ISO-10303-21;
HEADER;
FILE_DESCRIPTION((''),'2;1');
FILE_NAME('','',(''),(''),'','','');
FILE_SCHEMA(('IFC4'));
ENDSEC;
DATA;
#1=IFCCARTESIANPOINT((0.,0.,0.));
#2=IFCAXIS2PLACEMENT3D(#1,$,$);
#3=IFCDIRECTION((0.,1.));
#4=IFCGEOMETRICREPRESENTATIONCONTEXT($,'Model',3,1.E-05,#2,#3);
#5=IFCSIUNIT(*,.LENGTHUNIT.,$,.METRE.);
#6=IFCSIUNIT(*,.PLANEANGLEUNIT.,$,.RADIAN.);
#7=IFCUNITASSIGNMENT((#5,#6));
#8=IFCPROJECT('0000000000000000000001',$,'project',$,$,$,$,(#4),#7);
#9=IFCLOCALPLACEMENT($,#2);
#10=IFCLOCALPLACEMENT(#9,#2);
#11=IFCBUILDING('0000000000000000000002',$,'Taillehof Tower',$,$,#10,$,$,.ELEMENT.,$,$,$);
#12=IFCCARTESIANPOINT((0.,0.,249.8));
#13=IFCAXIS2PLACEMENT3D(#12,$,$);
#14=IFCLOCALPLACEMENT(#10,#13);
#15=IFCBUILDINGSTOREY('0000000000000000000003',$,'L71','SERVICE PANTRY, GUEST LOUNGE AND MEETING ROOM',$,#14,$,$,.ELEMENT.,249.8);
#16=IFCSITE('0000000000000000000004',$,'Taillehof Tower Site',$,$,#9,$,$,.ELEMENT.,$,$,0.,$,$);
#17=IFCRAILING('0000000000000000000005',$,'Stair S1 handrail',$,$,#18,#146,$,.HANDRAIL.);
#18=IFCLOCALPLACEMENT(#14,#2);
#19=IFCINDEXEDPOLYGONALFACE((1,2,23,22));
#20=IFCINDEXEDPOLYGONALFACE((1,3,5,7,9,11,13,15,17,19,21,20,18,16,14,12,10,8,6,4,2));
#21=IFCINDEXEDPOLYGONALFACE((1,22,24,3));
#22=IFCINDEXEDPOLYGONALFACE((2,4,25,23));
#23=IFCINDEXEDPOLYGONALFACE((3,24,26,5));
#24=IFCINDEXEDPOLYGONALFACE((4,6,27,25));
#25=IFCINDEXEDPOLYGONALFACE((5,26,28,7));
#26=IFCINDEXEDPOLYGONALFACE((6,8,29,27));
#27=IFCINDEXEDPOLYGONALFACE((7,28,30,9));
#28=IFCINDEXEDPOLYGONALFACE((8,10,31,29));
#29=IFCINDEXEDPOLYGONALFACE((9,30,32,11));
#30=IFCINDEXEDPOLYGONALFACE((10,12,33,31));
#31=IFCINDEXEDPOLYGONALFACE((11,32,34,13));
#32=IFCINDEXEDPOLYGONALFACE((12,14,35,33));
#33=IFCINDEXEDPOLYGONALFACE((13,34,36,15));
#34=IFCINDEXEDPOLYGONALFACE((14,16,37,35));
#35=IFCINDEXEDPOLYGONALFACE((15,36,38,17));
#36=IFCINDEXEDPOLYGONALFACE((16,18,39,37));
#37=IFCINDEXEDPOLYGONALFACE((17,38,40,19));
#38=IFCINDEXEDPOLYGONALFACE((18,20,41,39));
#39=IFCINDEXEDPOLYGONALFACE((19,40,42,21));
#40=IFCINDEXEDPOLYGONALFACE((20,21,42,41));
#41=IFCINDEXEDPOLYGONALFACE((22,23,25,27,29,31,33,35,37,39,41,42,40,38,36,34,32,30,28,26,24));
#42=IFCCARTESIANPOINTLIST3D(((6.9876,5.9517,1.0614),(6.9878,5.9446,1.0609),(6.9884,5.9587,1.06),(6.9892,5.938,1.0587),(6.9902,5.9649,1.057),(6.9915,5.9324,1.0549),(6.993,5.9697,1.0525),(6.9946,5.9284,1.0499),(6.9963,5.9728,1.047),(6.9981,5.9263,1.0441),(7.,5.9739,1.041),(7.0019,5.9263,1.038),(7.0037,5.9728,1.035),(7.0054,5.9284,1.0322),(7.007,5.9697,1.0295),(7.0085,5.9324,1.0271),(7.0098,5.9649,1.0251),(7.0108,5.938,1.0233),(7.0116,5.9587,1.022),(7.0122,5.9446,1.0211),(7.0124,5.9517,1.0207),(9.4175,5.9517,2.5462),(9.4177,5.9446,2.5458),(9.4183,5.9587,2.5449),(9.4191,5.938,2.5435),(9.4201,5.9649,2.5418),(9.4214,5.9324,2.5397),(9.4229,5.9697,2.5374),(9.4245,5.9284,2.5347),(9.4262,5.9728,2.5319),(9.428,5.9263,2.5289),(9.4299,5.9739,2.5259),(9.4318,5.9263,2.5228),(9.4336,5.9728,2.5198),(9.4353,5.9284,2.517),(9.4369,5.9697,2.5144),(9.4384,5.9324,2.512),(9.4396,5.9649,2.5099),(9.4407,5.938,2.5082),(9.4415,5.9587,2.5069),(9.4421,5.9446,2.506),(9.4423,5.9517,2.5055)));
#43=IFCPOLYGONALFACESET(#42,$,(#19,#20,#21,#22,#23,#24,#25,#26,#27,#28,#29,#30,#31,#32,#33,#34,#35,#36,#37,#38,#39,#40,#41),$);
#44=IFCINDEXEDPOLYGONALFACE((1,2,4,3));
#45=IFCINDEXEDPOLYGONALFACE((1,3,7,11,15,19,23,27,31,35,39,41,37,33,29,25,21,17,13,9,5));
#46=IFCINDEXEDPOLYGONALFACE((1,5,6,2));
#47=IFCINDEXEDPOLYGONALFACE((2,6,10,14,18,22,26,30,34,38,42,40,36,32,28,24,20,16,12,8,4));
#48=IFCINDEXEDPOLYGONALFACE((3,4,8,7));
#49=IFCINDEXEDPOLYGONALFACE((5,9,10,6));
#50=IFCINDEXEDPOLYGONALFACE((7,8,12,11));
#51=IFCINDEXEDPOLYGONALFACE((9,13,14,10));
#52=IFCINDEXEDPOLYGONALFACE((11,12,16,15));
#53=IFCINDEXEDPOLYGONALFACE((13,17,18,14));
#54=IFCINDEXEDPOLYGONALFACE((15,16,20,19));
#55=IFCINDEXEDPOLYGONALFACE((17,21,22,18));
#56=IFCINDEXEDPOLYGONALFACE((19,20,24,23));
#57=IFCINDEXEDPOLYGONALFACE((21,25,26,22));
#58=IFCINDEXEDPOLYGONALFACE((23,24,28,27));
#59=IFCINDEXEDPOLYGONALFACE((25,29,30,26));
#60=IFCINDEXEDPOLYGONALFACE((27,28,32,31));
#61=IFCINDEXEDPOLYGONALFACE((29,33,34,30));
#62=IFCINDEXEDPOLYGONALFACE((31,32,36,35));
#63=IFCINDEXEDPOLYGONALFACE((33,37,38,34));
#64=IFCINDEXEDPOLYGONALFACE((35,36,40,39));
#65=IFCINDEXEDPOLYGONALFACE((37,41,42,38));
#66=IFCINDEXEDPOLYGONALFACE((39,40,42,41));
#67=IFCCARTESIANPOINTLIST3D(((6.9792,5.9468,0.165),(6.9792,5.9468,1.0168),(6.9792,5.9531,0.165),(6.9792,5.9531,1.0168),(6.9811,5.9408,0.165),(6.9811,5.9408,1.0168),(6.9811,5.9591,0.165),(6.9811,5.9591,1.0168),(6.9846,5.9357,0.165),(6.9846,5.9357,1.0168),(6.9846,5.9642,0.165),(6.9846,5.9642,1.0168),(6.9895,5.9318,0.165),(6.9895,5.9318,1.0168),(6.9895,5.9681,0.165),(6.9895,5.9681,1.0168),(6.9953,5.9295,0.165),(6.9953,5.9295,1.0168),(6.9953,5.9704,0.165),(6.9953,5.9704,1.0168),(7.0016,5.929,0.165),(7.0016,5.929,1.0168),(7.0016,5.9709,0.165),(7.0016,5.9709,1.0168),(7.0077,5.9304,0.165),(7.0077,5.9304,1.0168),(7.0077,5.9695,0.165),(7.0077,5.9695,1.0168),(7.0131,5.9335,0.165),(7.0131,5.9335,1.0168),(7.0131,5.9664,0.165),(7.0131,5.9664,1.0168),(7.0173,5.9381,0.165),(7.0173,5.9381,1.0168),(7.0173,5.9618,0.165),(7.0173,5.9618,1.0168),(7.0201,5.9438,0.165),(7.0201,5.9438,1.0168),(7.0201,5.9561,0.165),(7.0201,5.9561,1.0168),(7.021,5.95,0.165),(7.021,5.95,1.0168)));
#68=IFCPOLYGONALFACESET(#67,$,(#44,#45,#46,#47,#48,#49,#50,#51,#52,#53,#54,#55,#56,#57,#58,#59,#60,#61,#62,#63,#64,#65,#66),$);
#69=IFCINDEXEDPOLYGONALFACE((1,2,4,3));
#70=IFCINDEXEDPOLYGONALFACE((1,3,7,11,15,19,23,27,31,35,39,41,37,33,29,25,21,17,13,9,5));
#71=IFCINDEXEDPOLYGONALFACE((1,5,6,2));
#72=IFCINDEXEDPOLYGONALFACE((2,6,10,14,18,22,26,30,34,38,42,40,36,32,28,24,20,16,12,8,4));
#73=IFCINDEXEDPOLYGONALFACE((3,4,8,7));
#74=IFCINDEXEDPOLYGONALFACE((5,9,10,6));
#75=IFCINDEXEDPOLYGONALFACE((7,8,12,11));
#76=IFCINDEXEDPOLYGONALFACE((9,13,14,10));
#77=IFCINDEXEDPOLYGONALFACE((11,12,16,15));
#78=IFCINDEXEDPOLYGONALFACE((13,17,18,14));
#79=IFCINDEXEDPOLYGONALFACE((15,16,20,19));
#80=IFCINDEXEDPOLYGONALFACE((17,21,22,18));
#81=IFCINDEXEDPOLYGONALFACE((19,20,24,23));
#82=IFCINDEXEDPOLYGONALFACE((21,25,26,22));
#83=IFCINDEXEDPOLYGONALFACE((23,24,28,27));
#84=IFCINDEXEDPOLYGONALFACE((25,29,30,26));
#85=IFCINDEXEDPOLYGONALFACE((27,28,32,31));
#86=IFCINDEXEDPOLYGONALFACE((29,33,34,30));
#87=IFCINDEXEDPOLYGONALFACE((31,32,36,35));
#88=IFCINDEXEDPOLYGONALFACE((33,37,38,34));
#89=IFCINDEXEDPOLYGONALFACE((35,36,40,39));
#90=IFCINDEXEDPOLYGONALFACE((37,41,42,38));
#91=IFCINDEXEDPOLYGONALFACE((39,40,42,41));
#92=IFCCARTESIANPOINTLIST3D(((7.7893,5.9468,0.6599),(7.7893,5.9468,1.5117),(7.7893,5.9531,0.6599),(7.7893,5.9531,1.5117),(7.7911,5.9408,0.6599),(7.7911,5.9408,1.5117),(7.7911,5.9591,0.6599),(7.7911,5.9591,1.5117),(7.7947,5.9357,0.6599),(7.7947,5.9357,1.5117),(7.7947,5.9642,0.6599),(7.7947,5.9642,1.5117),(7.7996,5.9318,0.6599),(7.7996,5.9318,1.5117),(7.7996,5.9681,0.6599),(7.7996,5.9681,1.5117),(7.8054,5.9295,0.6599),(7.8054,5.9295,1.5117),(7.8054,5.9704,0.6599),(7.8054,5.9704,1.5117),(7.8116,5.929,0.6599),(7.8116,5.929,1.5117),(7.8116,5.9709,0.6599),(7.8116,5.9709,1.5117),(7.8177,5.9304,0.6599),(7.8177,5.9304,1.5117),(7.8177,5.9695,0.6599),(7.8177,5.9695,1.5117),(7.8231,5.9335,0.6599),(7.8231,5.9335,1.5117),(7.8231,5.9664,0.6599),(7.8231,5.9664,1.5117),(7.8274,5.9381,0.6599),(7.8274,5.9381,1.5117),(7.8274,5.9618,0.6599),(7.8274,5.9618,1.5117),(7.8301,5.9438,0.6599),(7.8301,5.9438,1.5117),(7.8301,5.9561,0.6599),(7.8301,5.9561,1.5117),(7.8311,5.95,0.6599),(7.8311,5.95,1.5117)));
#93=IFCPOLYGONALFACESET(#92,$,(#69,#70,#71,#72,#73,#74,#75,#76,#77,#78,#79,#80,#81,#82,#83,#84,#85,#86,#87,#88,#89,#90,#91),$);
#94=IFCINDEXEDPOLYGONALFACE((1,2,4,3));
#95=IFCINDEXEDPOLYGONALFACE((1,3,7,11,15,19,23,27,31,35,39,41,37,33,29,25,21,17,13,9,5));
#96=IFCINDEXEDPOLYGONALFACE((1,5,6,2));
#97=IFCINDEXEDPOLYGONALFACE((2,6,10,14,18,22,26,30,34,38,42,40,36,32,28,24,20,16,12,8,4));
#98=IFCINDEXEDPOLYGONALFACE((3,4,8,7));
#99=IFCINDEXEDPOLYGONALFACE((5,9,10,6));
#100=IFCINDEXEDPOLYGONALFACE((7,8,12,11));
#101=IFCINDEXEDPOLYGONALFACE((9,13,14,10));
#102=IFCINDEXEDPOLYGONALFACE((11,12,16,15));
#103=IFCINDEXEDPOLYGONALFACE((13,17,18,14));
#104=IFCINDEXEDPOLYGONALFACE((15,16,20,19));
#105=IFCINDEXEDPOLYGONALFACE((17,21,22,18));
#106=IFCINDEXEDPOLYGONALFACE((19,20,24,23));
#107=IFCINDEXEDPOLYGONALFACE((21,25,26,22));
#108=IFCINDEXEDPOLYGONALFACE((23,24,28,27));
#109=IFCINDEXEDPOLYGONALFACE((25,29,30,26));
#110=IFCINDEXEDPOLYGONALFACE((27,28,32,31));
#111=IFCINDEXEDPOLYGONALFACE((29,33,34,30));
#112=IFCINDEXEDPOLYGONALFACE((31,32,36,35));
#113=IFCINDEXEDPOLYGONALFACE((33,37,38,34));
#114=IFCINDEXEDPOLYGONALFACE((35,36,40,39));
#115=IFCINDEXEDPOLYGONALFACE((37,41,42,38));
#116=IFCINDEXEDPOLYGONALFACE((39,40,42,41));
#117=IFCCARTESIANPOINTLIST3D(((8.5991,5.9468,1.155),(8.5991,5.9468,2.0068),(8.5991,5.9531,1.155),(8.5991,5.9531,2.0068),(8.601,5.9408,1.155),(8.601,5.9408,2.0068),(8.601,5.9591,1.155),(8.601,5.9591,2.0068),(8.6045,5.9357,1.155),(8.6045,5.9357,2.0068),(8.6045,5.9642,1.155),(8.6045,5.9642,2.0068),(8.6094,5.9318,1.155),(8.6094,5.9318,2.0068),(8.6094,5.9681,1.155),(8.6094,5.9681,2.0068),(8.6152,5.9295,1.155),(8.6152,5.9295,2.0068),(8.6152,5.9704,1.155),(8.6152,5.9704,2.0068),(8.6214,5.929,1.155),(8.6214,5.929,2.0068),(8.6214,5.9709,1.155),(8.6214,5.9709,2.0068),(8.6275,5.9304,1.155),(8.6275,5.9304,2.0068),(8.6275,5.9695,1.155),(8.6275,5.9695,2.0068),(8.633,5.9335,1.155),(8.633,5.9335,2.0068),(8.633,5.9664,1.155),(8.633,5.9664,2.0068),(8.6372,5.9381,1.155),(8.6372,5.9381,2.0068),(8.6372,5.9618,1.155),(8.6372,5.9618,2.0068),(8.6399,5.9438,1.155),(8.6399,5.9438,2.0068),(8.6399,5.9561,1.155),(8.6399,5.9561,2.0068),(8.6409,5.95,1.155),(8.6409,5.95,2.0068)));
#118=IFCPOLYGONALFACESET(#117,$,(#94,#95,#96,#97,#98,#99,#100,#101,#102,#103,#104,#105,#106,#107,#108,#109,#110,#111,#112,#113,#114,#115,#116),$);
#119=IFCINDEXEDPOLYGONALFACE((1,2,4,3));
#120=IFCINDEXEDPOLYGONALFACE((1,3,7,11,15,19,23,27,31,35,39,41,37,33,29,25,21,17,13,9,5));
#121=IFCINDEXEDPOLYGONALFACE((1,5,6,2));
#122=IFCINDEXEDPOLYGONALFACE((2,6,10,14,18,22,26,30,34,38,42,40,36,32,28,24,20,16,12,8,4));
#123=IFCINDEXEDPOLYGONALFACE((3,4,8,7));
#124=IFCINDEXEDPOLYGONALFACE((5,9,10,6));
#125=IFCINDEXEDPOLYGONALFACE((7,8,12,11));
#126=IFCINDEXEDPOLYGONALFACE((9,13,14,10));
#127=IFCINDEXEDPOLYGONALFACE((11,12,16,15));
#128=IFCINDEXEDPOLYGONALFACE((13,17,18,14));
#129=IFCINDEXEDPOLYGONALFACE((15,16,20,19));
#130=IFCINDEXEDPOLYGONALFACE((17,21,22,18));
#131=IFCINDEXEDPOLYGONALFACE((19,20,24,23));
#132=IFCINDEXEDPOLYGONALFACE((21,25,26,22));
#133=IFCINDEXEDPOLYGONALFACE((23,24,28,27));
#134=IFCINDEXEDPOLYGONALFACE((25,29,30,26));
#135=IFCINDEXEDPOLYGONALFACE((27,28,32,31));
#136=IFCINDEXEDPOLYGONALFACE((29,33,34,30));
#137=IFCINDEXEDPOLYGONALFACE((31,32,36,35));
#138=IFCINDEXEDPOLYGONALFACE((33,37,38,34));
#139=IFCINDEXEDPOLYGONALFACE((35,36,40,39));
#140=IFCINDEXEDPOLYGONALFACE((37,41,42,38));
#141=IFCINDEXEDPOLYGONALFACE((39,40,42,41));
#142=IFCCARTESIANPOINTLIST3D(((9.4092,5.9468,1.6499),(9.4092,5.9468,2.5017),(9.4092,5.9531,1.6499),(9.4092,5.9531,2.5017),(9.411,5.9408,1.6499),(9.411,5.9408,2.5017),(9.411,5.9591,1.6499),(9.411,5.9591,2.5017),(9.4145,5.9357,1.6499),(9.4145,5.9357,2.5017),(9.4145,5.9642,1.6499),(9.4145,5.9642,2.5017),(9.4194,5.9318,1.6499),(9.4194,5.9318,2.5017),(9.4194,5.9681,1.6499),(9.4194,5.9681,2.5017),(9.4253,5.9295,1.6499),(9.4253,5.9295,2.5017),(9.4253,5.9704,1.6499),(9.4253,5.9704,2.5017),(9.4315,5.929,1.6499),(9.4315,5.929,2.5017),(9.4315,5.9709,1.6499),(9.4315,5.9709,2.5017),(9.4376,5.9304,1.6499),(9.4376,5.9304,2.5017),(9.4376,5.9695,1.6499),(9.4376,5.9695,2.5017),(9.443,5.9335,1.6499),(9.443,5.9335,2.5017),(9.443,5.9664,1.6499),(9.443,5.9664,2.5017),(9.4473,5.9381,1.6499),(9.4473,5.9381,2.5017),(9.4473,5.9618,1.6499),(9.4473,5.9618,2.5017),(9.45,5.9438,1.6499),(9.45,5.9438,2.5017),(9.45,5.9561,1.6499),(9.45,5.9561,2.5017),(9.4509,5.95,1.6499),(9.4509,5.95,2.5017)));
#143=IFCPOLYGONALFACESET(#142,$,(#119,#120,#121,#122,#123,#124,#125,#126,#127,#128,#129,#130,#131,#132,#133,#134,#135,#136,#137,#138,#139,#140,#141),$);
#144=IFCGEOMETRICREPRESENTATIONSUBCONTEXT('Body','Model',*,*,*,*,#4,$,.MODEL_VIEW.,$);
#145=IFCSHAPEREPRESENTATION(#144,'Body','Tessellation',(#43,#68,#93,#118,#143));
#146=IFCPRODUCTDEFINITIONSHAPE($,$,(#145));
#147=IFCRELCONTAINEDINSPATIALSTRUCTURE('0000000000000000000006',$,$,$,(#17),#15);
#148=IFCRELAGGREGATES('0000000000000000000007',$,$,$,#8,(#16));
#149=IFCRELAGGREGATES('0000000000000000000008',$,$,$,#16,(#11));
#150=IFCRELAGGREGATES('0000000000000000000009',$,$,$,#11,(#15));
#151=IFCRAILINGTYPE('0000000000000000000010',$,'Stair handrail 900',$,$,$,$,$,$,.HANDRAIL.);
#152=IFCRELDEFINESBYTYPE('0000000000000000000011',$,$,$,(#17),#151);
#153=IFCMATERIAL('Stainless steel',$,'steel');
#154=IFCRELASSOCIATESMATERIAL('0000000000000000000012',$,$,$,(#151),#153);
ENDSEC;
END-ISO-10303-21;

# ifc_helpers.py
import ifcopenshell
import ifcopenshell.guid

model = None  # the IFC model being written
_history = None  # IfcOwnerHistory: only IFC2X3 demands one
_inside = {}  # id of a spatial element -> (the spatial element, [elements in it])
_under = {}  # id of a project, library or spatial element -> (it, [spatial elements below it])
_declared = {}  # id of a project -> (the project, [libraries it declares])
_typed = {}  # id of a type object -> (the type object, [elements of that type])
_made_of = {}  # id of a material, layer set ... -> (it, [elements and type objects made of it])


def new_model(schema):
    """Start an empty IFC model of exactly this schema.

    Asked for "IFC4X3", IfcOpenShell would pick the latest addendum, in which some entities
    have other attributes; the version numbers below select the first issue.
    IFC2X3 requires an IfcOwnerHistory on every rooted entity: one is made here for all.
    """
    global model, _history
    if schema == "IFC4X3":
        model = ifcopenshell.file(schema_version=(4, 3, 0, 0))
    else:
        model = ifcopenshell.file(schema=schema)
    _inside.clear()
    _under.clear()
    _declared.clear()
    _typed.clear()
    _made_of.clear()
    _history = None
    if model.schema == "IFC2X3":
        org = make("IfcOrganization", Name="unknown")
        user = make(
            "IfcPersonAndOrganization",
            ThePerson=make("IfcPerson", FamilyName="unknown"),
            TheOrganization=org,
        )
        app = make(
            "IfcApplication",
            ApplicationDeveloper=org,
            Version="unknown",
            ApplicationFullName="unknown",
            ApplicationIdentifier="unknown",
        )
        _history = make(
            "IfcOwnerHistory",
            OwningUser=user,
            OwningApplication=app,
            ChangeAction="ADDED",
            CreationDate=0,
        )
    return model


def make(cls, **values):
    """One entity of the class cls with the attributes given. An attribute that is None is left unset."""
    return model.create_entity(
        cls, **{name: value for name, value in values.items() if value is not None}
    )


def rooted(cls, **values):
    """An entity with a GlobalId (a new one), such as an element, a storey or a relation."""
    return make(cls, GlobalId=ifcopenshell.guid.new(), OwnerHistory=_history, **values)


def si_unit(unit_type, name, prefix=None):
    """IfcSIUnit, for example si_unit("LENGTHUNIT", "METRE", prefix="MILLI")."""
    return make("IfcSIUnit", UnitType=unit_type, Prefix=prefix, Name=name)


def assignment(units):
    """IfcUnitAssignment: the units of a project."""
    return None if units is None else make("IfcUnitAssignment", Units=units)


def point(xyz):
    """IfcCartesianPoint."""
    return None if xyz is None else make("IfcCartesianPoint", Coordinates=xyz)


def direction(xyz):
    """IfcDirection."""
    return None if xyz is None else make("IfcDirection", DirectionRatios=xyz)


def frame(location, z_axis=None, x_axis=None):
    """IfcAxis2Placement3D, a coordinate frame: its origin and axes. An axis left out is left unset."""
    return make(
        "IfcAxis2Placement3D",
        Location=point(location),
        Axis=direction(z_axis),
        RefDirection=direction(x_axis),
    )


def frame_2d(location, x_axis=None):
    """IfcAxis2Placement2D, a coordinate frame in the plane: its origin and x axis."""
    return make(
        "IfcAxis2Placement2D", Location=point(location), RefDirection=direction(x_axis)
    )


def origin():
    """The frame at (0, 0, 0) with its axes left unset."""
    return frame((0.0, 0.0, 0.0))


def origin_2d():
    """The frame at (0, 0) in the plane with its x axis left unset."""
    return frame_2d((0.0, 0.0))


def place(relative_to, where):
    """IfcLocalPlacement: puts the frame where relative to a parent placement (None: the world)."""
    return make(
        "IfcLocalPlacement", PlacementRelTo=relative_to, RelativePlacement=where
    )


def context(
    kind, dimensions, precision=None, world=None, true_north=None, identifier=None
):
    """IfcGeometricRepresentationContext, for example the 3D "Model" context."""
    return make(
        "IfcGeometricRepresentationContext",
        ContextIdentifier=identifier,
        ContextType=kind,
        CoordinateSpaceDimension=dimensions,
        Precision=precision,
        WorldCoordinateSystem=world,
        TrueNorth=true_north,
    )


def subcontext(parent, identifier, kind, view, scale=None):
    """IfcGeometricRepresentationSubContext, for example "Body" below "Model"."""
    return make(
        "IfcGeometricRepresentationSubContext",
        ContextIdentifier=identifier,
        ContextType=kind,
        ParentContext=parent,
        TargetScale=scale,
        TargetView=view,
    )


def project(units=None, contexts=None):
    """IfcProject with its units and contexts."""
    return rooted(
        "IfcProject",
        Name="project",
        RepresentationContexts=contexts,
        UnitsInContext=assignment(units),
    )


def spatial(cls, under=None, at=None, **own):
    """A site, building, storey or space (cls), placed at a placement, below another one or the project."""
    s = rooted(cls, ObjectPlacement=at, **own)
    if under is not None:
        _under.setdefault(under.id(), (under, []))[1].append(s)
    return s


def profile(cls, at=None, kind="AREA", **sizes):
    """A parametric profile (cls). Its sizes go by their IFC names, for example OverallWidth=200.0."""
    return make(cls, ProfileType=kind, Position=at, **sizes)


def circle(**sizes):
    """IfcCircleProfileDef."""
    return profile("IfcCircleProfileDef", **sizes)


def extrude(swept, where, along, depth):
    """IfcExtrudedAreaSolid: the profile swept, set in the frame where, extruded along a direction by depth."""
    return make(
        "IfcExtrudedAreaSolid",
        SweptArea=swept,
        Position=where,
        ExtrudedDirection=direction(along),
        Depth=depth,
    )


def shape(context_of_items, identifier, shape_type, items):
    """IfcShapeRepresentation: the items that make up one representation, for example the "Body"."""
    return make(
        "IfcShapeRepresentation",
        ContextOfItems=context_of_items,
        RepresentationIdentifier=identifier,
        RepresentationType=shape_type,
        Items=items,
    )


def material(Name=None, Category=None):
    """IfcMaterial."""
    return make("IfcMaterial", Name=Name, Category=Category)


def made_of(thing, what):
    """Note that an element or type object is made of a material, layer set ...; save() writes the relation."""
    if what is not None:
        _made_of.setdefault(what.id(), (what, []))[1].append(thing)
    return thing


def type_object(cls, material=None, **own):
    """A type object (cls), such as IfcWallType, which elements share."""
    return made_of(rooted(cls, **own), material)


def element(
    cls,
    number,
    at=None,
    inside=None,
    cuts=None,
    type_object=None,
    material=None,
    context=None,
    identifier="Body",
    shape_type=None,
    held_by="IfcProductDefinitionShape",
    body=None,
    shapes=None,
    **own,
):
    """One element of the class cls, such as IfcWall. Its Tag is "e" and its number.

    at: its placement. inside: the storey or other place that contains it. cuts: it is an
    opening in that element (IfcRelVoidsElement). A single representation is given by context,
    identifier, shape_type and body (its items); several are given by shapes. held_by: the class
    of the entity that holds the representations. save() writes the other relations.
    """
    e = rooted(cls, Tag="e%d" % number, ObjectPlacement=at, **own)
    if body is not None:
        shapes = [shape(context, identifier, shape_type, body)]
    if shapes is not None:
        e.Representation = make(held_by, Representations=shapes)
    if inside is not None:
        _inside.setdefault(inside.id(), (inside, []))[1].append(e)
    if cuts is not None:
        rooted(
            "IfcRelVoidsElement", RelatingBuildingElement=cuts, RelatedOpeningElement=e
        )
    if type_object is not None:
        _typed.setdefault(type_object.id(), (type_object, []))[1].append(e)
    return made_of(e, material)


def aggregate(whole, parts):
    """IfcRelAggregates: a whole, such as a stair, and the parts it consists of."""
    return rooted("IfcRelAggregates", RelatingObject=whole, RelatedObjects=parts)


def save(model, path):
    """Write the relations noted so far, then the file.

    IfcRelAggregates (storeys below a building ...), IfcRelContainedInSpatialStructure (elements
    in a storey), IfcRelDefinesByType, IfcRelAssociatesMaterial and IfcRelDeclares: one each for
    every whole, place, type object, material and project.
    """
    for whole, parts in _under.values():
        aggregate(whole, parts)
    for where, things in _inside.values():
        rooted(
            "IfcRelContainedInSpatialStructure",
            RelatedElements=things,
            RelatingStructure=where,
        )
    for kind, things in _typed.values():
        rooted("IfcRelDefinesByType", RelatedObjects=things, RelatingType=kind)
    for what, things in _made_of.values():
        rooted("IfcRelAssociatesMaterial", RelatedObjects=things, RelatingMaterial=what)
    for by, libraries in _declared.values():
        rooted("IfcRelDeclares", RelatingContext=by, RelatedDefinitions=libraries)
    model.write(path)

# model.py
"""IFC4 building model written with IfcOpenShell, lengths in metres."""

from ifc_helpers import new_model, si_unit, direction, frame, origin, origin_2d, place, context, subcontext, project, spatial, circle, extrude, material, type_object, element, save


model = new_model("IFC4")

# Units and contexts
model_context = context("Model", 3, precision=1e-05, world=origin(), true_north=direction((0.0, 1.0)))
body_context = subcontext(model_context, "Body", "Model", "MODEL_VIEW")
ifc_project = project(units=[si_unit("LENGTHUNIT", "METRE"), si_unit("PLANEANGLEUNIT", "RADIAN")], contexts=[model_context])

# Site, building, storey
site_placement = place(None, origin())
site = spatial("IfcSite", under=ifc_project, at=site_placement, Name="Taillehof Tower Site", CompositionType="ELEMENT", RefElevation=0.0)
building_placement = place(site_placement, origin())
building = spatial("IfcBuilding", under=site, at=building_placement, Name="Taillehof Tower", CompositionType="ELEMENT")
storey_placement = place(building_placement, frame((0.0, 0.0, 249.8)))
storey = spatial("IfcBuildingStorey", under=building, at=storey_placement, Name="L71", Description="SERVICE PANTRY, GUEST LOUNGE AND MEETING ROOM", CompositionType="ELEMENT", Elevation=249.8)

# Railing
ifc_material_1 = material(Name="Stainless steel", Category="steel")
railing_type = type_object("IfcRailingType", Name="Stair handrail 900", PredefinedType="HANDRAIL", material=ifc_material_1)
railing_placement = place(storey_placement, frame((7.0, 5.95, 0.165)))
element("IfcRailing", 1, at=railing_placement, inside=storey, type_object=railing_type, Name="Stair S1 handrail", PredefinedType="HANDRAIL", context=body_context, shape_type="SweptSolid", body=[
    extrude(circle(Radius=0.0239, at=origin_2d()), frame((0.0, 0.0, 0.876), z_axis=(0.853297, 0.0, 0.521426), x_axis=(0.0, 1.0, 0.0)), (0.0, 0.0, 1.0), 2.8477),
    extrude(circle(Radius=0.021, at=origin_2d()), origin(), (0.0, 0.0, 1.0), 0.8518),
    extrude(circle(Radius=0.021, at=origin_2d()), frame((0.8101, 0.0, 0.4949)), (0.0, 0.0, 1.0), 0.8518),
    extrude(circle(Radius=0.021, at=origin_2d()), frame((1.6199, 0.0, 0.99)), (0.0, 0.0, 1.0), 0.8518),
    extrude(circle(Radius=0.021, at=origin_2d()), frame((2.4299, 0.0, 1.4849)), (0.0, 0.0, 1.0), 0.8518),
])

save(model, "model.ifc")
